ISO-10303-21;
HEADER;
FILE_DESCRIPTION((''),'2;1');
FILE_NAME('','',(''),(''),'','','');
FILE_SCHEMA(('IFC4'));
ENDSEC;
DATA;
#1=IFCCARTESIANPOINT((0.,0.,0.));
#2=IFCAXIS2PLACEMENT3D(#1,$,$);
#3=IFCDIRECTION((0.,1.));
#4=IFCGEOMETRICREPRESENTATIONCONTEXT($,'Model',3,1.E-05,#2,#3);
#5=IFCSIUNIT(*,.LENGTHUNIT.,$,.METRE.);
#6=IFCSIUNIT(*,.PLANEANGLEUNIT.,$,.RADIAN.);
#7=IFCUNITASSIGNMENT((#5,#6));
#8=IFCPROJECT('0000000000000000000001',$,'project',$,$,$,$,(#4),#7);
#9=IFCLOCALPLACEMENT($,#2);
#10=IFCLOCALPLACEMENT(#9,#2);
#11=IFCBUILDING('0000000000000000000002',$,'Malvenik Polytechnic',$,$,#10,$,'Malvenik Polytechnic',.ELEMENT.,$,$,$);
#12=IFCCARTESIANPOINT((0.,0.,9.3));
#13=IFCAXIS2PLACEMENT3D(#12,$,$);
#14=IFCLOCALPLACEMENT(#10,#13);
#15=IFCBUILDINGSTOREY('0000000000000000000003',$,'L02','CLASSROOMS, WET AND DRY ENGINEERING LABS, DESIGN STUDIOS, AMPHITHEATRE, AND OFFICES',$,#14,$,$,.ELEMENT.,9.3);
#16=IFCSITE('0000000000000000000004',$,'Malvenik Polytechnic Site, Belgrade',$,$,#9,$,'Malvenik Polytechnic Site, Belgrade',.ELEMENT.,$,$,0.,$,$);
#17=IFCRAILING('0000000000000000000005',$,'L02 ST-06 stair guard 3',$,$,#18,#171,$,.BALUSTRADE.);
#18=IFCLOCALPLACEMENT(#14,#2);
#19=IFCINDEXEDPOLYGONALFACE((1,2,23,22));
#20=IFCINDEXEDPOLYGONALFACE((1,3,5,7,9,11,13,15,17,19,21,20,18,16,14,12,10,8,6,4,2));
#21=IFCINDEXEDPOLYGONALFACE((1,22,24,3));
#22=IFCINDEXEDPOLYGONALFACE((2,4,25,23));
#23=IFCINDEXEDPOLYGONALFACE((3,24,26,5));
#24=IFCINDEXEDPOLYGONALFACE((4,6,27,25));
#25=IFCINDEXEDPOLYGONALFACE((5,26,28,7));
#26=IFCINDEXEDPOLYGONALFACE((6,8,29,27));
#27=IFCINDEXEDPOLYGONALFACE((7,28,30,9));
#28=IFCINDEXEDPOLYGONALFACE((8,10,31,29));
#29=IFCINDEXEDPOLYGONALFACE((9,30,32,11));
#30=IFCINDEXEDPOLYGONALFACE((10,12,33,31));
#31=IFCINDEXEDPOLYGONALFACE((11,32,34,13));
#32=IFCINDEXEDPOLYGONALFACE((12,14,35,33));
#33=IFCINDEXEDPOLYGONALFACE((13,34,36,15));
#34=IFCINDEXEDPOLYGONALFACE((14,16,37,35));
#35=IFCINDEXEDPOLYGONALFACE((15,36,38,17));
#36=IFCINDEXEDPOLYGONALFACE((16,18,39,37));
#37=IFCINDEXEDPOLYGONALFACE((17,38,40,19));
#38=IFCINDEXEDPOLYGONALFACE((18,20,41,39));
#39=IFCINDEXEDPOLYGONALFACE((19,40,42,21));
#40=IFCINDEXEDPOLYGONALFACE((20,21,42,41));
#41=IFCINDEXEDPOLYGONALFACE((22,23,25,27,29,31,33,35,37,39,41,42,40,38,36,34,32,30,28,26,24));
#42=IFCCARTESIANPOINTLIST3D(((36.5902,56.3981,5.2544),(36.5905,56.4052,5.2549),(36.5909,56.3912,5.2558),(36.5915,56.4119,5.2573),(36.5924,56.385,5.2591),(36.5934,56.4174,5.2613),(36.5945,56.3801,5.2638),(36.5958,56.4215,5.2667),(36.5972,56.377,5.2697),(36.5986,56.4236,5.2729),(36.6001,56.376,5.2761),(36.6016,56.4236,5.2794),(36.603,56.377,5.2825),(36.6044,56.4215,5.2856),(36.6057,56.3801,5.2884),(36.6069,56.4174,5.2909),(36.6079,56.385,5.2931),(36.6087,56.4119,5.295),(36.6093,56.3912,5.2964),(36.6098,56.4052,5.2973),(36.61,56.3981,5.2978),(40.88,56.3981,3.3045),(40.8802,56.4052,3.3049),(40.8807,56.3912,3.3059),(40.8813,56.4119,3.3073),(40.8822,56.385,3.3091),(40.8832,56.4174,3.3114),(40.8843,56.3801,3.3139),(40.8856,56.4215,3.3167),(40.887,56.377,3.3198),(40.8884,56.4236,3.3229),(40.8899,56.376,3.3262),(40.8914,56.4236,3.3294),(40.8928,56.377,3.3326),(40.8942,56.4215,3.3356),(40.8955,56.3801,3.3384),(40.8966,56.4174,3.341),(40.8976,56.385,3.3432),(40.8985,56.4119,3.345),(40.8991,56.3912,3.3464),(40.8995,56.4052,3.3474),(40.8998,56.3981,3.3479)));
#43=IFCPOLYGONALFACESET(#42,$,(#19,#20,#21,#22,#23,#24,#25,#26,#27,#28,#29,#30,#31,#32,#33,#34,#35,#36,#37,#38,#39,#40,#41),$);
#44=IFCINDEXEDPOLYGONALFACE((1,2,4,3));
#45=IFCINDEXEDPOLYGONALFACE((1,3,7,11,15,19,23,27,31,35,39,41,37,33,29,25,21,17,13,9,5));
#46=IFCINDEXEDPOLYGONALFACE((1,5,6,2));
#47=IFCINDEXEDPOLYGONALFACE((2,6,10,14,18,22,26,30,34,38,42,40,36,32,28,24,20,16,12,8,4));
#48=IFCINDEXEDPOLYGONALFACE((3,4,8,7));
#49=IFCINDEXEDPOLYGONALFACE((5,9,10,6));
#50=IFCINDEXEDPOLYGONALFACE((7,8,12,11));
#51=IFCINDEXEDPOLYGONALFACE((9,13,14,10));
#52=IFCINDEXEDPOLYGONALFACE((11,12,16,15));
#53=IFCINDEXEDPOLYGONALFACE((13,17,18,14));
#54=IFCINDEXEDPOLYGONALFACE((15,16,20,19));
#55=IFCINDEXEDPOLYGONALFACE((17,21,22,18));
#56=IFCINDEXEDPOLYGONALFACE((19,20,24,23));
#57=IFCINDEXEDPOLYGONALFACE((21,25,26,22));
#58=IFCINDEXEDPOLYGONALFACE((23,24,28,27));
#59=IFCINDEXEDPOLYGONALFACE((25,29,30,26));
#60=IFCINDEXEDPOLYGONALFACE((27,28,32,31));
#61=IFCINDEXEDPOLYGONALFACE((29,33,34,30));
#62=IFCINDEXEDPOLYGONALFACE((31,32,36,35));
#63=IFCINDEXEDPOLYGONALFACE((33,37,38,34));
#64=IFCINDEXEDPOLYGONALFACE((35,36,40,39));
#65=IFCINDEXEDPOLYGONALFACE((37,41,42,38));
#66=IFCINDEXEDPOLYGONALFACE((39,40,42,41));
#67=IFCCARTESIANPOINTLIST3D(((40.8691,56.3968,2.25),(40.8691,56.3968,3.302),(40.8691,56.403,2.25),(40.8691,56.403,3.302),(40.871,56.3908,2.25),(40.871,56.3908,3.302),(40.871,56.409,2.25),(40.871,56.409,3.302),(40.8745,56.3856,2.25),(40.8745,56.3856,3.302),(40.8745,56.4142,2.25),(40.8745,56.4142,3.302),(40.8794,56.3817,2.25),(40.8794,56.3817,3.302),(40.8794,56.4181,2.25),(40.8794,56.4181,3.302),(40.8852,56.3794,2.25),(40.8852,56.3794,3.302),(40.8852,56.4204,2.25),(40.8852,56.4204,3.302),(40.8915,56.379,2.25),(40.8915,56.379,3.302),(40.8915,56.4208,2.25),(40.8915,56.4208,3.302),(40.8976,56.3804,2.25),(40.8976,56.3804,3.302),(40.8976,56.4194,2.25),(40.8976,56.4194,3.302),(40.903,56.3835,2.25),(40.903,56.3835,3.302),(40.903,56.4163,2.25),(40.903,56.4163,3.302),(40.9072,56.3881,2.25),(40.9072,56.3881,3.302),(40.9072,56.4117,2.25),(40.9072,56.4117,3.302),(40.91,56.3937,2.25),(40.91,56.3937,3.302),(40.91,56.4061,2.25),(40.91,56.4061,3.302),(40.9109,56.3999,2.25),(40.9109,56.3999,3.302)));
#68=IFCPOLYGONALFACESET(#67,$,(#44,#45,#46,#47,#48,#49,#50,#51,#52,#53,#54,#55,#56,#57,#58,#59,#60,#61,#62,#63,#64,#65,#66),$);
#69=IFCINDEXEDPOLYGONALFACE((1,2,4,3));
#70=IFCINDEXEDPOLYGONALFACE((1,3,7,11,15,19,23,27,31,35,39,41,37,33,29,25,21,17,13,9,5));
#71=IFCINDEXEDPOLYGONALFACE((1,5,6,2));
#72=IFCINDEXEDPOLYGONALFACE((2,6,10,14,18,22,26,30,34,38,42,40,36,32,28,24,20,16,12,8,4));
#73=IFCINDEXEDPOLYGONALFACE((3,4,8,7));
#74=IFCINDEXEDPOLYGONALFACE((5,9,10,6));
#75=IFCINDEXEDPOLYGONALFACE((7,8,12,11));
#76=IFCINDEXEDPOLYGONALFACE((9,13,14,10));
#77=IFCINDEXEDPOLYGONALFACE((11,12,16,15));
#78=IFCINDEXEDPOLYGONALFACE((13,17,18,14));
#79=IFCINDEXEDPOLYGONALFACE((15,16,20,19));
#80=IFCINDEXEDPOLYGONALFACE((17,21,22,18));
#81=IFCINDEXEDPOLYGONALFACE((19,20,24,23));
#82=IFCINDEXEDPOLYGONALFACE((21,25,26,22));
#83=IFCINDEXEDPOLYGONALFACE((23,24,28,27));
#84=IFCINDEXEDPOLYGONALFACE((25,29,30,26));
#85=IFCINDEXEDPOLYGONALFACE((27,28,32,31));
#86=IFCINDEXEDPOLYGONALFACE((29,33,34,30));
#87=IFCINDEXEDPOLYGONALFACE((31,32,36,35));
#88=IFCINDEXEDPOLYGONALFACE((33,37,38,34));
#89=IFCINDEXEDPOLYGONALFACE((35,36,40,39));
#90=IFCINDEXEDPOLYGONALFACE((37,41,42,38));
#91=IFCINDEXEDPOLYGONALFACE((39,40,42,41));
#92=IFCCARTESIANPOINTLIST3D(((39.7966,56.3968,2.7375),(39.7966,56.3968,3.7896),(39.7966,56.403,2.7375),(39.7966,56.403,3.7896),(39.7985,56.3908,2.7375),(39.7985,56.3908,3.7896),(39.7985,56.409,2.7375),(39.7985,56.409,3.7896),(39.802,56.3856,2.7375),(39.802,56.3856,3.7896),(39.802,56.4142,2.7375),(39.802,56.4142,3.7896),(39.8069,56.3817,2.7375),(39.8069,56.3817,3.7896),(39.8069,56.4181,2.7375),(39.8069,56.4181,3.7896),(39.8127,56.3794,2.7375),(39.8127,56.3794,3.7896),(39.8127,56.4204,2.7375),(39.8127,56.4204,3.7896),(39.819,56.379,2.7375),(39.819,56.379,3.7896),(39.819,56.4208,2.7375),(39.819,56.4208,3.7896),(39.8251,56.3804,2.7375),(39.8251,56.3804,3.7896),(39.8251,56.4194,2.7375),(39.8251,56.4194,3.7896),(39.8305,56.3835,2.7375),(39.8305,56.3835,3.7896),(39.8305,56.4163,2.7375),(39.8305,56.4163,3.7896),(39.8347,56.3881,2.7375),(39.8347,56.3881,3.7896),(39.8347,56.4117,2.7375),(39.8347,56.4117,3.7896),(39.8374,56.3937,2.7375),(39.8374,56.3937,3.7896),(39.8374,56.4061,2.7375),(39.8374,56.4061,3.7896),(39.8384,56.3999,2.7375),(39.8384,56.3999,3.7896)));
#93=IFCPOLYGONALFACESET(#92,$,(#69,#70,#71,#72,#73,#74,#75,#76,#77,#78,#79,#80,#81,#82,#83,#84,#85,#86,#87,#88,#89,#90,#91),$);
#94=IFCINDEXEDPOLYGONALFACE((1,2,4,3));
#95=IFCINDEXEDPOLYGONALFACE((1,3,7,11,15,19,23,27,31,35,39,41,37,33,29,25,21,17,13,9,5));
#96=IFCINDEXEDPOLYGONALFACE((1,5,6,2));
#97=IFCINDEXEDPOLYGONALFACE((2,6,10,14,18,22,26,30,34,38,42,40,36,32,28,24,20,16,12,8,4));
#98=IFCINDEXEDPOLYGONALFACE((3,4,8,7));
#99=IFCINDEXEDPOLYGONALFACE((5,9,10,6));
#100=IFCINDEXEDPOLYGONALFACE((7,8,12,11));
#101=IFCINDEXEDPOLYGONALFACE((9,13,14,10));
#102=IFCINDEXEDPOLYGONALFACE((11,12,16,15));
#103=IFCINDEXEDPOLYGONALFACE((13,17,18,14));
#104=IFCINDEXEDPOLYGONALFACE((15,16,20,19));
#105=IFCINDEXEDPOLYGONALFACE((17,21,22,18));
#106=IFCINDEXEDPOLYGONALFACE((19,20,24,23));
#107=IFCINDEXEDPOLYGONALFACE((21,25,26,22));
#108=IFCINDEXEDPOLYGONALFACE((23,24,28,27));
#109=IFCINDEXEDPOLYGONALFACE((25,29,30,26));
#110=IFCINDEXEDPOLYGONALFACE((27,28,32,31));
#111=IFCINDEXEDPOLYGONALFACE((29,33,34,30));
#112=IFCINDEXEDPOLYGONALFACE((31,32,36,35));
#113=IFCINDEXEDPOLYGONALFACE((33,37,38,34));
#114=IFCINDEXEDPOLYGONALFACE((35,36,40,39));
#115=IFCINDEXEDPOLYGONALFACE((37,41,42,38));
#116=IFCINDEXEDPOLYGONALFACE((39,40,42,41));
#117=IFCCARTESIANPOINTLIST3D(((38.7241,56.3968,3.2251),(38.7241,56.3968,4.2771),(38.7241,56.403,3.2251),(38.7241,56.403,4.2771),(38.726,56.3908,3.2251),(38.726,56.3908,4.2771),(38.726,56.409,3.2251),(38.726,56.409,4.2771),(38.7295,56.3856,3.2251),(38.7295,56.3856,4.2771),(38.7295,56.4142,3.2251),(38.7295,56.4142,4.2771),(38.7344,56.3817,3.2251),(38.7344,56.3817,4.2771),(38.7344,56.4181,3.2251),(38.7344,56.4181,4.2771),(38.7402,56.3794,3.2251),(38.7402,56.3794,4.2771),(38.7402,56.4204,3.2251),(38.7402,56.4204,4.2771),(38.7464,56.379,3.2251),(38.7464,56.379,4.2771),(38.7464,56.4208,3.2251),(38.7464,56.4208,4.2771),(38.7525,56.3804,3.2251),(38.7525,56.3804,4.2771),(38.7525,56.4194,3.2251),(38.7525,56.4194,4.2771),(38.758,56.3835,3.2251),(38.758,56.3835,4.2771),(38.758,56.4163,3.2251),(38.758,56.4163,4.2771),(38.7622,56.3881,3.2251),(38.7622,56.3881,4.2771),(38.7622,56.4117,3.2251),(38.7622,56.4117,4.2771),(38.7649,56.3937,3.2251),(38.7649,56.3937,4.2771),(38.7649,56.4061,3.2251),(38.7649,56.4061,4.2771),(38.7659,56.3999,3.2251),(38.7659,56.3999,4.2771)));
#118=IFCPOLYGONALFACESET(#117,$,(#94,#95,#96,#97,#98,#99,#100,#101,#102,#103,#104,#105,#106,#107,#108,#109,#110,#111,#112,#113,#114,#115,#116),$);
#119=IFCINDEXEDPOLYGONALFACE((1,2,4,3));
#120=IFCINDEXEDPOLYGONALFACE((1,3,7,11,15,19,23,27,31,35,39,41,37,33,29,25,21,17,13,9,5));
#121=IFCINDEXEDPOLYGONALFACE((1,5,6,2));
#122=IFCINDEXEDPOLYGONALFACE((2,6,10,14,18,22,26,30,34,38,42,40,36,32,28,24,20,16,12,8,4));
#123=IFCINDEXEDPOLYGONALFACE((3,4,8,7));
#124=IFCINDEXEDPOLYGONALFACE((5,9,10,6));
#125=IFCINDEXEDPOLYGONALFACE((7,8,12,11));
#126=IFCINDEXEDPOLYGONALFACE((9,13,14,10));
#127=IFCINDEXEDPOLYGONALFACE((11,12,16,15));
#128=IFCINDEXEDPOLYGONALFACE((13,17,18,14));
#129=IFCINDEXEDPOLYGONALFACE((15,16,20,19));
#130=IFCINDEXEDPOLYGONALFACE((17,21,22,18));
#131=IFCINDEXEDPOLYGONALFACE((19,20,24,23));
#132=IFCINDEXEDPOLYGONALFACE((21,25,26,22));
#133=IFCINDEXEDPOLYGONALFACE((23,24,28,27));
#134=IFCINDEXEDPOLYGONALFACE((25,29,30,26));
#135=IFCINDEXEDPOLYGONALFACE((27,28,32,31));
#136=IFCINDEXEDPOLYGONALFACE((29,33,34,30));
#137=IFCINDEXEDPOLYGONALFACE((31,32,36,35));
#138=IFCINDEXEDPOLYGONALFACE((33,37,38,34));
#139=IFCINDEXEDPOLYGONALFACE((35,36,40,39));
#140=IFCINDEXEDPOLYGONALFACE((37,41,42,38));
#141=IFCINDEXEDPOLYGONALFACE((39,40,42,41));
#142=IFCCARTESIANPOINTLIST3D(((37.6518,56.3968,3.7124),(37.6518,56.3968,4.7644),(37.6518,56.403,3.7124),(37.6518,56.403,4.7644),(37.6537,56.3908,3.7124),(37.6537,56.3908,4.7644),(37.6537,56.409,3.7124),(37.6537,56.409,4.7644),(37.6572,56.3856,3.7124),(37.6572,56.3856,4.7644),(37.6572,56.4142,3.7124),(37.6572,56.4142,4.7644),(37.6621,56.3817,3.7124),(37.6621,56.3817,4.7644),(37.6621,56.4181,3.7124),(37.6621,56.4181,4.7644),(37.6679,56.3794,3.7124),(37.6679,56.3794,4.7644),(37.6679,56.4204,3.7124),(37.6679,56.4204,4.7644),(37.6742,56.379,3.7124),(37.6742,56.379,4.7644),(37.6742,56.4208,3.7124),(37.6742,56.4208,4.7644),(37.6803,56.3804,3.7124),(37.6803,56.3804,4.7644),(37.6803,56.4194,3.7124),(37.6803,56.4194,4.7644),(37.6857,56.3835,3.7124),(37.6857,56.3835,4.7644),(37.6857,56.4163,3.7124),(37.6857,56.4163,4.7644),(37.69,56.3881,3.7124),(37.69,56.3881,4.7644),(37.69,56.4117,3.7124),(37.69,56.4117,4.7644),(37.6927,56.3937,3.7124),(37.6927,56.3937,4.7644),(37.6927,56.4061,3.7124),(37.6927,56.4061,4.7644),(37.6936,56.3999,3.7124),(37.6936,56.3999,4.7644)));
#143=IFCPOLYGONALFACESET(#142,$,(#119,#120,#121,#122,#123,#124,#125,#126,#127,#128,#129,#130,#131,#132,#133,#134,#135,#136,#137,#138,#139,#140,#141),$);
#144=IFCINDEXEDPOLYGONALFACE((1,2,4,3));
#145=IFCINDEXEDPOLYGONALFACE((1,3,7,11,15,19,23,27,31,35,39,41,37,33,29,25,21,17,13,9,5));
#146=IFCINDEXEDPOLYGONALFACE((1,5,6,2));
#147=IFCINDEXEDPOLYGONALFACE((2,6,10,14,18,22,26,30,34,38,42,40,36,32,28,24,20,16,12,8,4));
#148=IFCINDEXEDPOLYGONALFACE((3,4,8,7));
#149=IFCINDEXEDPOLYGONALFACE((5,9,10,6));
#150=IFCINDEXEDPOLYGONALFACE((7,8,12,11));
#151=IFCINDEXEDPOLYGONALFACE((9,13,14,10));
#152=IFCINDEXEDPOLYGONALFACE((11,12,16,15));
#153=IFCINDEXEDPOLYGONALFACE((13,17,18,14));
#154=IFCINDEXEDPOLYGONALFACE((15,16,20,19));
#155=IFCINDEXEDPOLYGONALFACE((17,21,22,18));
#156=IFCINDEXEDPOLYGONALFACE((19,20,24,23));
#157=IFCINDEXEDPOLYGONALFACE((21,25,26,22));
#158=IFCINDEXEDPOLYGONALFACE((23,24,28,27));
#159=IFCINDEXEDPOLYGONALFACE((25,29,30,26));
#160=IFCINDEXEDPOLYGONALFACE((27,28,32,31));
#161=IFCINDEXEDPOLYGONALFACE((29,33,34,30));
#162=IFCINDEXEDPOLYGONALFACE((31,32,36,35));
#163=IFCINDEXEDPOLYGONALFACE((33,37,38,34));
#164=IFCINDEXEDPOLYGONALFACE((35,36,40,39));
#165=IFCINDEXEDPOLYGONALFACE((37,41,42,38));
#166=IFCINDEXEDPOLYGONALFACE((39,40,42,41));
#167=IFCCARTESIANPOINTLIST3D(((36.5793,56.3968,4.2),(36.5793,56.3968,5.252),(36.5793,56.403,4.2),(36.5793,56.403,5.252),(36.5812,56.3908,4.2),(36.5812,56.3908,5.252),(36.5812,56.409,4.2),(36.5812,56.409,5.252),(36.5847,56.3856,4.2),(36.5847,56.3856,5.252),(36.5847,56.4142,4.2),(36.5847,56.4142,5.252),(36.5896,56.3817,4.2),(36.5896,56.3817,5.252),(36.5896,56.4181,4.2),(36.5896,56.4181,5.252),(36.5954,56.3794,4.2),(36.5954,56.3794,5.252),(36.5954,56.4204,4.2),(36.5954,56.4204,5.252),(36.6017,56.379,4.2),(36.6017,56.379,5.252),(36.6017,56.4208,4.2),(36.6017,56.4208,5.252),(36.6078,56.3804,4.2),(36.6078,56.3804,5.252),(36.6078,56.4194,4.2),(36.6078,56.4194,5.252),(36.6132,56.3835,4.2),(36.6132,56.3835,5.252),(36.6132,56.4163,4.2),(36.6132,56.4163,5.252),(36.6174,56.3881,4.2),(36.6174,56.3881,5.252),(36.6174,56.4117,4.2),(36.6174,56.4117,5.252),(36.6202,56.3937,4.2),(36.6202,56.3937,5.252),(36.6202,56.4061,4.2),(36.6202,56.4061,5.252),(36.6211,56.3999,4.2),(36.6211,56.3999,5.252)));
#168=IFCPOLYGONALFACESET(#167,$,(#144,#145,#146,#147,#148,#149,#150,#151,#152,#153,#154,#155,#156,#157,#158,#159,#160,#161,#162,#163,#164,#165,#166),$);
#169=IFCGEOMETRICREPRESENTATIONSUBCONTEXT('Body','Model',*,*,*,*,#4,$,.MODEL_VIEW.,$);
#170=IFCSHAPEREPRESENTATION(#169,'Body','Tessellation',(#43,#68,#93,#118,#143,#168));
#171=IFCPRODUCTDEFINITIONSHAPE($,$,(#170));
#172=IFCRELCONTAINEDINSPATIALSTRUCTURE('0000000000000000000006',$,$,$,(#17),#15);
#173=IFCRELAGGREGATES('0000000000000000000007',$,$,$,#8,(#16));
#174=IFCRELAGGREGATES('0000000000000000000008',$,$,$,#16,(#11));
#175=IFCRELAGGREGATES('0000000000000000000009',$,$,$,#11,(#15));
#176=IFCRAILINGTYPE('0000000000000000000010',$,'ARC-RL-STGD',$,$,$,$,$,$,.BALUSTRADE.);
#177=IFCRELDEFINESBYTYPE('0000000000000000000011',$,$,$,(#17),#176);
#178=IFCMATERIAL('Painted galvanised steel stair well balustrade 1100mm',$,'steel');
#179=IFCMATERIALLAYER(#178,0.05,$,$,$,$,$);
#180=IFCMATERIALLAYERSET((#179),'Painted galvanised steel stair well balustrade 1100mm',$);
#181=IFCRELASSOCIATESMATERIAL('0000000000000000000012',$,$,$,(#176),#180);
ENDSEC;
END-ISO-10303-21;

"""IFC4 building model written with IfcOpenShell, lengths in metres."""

from ifc_helpers import new_model, si_unit, direction, frame, origin, origin_2d, place, context, subcontext, project, spatial, circle, extrude, material, layer, layer_set, type_object, element, save


model = new_model("IFC4")

# Units and contexts
model_context = context("Model", 3, precision=1e-05, world=origin(), true_north=direction((0.0, 1.0)))
body_context = subcontext(model_context, "Body", "Model", "MODEL_VIEW")
ifc_project = project(units=[si_unit("LENGTHUNIT", "METRE"), si_unit("PLANEANGLEUNIT", "RADIAN")], contexts=[model_context])

# Site, building, storey
site_placement = place(None, origin())
site = spatial("IfcSite", under=ifc_project, at=site_placement, Name="Malvenik Polytechnic Site, Belgrade", LongName="Malvenik Polytechnic Site, Belgrade", CompositionType="ELEMENT", RefElevation=0.0)
building_placement = place(site_placement, origin())
building = spatial("IfcBuilding", under=site, at=building_placement, Name="Malvenik Polytechnic", LongName="Malvenik Polytechnic", CompositionType="ELEMENT")
storey_placement = place(building_placement, frame((0.0, 0.0, 9.3)))
storey = spatial("IfcBuildingStorey", under=building, at=storey_placement, Name="L02", Description="CLASSROOMS, WET AND DRY ENGINEERING LABS, DESIGN STUDIOS, AMPHITHEATRE, AND OFFICES", CompositionType="ELEMENT", Elevation=9.3)

# Railing
ifc_material_1 = material(Name="Painted galvanised steel stair well balustrade 1100mm", Category="steel")
ifc_layer_1 = layer(ifc_material_1, 0.05)
ifc_layer_set_1 = layer_set([ifc_layer_1], Name="Painted galvanised steel stair well balustrade 1100mm")
railing_type_1 = type_object("IfcRailingType", Name="ARC-RL-STGD", PredefinedType="BALUSTRADE", material=ifc_layer_set_1)
railing_1_placement = place(storey_placement, frame((40.8899, 56.3999, 2.25)))
element("IfcRailing", 1, at=railing_1_placement, inside=storey, type_object=railing_type_1, Name="L02 ST-06 stair guard 3", PredefinedType="BALUSTRADE", context=body_context, shape_type="SweptSolid", body=[
    extrude(circle(Radius=0.0239, at=origin_2d()), frame((0.0, 0.0, 1.0762), z_axis=(-0.910363, 0.0, 0.413811), x_axis=(0.0, -1.0, 0.0)), (0.0, 0.0, 1.0), 4.7122),
    extrude(circle(Radius=0.021, at=origin_2d()), origin(), (0.0, 0.0, 1.0), 1.052),
    extrude(circle(Radius=0.021, at=origin_2d()), frame((-1.0725, 0.0, 0.4875)), (0.0, 0.0, 1.0), 1.052),
    extrude(circle(Radius=0.021, at=origin_2d()), frame((-2.145, 0.0, 0.9751)), (0.0, 0.0, 1.0), 1.052),
    extrude(circle(Radius=0.021, at=origin_2d()), frame((-3.2173, 0.0, 1.4624)), (0.0, 0.0, 1.0), 1.052),
    extrude(circle(Radius=0.021, at=origin_2d()), frame((-4.2898, 0.0, 1.95)), (0.0, 0.0, 1.0), 1.052),
])

save(model, "model.ifc")
